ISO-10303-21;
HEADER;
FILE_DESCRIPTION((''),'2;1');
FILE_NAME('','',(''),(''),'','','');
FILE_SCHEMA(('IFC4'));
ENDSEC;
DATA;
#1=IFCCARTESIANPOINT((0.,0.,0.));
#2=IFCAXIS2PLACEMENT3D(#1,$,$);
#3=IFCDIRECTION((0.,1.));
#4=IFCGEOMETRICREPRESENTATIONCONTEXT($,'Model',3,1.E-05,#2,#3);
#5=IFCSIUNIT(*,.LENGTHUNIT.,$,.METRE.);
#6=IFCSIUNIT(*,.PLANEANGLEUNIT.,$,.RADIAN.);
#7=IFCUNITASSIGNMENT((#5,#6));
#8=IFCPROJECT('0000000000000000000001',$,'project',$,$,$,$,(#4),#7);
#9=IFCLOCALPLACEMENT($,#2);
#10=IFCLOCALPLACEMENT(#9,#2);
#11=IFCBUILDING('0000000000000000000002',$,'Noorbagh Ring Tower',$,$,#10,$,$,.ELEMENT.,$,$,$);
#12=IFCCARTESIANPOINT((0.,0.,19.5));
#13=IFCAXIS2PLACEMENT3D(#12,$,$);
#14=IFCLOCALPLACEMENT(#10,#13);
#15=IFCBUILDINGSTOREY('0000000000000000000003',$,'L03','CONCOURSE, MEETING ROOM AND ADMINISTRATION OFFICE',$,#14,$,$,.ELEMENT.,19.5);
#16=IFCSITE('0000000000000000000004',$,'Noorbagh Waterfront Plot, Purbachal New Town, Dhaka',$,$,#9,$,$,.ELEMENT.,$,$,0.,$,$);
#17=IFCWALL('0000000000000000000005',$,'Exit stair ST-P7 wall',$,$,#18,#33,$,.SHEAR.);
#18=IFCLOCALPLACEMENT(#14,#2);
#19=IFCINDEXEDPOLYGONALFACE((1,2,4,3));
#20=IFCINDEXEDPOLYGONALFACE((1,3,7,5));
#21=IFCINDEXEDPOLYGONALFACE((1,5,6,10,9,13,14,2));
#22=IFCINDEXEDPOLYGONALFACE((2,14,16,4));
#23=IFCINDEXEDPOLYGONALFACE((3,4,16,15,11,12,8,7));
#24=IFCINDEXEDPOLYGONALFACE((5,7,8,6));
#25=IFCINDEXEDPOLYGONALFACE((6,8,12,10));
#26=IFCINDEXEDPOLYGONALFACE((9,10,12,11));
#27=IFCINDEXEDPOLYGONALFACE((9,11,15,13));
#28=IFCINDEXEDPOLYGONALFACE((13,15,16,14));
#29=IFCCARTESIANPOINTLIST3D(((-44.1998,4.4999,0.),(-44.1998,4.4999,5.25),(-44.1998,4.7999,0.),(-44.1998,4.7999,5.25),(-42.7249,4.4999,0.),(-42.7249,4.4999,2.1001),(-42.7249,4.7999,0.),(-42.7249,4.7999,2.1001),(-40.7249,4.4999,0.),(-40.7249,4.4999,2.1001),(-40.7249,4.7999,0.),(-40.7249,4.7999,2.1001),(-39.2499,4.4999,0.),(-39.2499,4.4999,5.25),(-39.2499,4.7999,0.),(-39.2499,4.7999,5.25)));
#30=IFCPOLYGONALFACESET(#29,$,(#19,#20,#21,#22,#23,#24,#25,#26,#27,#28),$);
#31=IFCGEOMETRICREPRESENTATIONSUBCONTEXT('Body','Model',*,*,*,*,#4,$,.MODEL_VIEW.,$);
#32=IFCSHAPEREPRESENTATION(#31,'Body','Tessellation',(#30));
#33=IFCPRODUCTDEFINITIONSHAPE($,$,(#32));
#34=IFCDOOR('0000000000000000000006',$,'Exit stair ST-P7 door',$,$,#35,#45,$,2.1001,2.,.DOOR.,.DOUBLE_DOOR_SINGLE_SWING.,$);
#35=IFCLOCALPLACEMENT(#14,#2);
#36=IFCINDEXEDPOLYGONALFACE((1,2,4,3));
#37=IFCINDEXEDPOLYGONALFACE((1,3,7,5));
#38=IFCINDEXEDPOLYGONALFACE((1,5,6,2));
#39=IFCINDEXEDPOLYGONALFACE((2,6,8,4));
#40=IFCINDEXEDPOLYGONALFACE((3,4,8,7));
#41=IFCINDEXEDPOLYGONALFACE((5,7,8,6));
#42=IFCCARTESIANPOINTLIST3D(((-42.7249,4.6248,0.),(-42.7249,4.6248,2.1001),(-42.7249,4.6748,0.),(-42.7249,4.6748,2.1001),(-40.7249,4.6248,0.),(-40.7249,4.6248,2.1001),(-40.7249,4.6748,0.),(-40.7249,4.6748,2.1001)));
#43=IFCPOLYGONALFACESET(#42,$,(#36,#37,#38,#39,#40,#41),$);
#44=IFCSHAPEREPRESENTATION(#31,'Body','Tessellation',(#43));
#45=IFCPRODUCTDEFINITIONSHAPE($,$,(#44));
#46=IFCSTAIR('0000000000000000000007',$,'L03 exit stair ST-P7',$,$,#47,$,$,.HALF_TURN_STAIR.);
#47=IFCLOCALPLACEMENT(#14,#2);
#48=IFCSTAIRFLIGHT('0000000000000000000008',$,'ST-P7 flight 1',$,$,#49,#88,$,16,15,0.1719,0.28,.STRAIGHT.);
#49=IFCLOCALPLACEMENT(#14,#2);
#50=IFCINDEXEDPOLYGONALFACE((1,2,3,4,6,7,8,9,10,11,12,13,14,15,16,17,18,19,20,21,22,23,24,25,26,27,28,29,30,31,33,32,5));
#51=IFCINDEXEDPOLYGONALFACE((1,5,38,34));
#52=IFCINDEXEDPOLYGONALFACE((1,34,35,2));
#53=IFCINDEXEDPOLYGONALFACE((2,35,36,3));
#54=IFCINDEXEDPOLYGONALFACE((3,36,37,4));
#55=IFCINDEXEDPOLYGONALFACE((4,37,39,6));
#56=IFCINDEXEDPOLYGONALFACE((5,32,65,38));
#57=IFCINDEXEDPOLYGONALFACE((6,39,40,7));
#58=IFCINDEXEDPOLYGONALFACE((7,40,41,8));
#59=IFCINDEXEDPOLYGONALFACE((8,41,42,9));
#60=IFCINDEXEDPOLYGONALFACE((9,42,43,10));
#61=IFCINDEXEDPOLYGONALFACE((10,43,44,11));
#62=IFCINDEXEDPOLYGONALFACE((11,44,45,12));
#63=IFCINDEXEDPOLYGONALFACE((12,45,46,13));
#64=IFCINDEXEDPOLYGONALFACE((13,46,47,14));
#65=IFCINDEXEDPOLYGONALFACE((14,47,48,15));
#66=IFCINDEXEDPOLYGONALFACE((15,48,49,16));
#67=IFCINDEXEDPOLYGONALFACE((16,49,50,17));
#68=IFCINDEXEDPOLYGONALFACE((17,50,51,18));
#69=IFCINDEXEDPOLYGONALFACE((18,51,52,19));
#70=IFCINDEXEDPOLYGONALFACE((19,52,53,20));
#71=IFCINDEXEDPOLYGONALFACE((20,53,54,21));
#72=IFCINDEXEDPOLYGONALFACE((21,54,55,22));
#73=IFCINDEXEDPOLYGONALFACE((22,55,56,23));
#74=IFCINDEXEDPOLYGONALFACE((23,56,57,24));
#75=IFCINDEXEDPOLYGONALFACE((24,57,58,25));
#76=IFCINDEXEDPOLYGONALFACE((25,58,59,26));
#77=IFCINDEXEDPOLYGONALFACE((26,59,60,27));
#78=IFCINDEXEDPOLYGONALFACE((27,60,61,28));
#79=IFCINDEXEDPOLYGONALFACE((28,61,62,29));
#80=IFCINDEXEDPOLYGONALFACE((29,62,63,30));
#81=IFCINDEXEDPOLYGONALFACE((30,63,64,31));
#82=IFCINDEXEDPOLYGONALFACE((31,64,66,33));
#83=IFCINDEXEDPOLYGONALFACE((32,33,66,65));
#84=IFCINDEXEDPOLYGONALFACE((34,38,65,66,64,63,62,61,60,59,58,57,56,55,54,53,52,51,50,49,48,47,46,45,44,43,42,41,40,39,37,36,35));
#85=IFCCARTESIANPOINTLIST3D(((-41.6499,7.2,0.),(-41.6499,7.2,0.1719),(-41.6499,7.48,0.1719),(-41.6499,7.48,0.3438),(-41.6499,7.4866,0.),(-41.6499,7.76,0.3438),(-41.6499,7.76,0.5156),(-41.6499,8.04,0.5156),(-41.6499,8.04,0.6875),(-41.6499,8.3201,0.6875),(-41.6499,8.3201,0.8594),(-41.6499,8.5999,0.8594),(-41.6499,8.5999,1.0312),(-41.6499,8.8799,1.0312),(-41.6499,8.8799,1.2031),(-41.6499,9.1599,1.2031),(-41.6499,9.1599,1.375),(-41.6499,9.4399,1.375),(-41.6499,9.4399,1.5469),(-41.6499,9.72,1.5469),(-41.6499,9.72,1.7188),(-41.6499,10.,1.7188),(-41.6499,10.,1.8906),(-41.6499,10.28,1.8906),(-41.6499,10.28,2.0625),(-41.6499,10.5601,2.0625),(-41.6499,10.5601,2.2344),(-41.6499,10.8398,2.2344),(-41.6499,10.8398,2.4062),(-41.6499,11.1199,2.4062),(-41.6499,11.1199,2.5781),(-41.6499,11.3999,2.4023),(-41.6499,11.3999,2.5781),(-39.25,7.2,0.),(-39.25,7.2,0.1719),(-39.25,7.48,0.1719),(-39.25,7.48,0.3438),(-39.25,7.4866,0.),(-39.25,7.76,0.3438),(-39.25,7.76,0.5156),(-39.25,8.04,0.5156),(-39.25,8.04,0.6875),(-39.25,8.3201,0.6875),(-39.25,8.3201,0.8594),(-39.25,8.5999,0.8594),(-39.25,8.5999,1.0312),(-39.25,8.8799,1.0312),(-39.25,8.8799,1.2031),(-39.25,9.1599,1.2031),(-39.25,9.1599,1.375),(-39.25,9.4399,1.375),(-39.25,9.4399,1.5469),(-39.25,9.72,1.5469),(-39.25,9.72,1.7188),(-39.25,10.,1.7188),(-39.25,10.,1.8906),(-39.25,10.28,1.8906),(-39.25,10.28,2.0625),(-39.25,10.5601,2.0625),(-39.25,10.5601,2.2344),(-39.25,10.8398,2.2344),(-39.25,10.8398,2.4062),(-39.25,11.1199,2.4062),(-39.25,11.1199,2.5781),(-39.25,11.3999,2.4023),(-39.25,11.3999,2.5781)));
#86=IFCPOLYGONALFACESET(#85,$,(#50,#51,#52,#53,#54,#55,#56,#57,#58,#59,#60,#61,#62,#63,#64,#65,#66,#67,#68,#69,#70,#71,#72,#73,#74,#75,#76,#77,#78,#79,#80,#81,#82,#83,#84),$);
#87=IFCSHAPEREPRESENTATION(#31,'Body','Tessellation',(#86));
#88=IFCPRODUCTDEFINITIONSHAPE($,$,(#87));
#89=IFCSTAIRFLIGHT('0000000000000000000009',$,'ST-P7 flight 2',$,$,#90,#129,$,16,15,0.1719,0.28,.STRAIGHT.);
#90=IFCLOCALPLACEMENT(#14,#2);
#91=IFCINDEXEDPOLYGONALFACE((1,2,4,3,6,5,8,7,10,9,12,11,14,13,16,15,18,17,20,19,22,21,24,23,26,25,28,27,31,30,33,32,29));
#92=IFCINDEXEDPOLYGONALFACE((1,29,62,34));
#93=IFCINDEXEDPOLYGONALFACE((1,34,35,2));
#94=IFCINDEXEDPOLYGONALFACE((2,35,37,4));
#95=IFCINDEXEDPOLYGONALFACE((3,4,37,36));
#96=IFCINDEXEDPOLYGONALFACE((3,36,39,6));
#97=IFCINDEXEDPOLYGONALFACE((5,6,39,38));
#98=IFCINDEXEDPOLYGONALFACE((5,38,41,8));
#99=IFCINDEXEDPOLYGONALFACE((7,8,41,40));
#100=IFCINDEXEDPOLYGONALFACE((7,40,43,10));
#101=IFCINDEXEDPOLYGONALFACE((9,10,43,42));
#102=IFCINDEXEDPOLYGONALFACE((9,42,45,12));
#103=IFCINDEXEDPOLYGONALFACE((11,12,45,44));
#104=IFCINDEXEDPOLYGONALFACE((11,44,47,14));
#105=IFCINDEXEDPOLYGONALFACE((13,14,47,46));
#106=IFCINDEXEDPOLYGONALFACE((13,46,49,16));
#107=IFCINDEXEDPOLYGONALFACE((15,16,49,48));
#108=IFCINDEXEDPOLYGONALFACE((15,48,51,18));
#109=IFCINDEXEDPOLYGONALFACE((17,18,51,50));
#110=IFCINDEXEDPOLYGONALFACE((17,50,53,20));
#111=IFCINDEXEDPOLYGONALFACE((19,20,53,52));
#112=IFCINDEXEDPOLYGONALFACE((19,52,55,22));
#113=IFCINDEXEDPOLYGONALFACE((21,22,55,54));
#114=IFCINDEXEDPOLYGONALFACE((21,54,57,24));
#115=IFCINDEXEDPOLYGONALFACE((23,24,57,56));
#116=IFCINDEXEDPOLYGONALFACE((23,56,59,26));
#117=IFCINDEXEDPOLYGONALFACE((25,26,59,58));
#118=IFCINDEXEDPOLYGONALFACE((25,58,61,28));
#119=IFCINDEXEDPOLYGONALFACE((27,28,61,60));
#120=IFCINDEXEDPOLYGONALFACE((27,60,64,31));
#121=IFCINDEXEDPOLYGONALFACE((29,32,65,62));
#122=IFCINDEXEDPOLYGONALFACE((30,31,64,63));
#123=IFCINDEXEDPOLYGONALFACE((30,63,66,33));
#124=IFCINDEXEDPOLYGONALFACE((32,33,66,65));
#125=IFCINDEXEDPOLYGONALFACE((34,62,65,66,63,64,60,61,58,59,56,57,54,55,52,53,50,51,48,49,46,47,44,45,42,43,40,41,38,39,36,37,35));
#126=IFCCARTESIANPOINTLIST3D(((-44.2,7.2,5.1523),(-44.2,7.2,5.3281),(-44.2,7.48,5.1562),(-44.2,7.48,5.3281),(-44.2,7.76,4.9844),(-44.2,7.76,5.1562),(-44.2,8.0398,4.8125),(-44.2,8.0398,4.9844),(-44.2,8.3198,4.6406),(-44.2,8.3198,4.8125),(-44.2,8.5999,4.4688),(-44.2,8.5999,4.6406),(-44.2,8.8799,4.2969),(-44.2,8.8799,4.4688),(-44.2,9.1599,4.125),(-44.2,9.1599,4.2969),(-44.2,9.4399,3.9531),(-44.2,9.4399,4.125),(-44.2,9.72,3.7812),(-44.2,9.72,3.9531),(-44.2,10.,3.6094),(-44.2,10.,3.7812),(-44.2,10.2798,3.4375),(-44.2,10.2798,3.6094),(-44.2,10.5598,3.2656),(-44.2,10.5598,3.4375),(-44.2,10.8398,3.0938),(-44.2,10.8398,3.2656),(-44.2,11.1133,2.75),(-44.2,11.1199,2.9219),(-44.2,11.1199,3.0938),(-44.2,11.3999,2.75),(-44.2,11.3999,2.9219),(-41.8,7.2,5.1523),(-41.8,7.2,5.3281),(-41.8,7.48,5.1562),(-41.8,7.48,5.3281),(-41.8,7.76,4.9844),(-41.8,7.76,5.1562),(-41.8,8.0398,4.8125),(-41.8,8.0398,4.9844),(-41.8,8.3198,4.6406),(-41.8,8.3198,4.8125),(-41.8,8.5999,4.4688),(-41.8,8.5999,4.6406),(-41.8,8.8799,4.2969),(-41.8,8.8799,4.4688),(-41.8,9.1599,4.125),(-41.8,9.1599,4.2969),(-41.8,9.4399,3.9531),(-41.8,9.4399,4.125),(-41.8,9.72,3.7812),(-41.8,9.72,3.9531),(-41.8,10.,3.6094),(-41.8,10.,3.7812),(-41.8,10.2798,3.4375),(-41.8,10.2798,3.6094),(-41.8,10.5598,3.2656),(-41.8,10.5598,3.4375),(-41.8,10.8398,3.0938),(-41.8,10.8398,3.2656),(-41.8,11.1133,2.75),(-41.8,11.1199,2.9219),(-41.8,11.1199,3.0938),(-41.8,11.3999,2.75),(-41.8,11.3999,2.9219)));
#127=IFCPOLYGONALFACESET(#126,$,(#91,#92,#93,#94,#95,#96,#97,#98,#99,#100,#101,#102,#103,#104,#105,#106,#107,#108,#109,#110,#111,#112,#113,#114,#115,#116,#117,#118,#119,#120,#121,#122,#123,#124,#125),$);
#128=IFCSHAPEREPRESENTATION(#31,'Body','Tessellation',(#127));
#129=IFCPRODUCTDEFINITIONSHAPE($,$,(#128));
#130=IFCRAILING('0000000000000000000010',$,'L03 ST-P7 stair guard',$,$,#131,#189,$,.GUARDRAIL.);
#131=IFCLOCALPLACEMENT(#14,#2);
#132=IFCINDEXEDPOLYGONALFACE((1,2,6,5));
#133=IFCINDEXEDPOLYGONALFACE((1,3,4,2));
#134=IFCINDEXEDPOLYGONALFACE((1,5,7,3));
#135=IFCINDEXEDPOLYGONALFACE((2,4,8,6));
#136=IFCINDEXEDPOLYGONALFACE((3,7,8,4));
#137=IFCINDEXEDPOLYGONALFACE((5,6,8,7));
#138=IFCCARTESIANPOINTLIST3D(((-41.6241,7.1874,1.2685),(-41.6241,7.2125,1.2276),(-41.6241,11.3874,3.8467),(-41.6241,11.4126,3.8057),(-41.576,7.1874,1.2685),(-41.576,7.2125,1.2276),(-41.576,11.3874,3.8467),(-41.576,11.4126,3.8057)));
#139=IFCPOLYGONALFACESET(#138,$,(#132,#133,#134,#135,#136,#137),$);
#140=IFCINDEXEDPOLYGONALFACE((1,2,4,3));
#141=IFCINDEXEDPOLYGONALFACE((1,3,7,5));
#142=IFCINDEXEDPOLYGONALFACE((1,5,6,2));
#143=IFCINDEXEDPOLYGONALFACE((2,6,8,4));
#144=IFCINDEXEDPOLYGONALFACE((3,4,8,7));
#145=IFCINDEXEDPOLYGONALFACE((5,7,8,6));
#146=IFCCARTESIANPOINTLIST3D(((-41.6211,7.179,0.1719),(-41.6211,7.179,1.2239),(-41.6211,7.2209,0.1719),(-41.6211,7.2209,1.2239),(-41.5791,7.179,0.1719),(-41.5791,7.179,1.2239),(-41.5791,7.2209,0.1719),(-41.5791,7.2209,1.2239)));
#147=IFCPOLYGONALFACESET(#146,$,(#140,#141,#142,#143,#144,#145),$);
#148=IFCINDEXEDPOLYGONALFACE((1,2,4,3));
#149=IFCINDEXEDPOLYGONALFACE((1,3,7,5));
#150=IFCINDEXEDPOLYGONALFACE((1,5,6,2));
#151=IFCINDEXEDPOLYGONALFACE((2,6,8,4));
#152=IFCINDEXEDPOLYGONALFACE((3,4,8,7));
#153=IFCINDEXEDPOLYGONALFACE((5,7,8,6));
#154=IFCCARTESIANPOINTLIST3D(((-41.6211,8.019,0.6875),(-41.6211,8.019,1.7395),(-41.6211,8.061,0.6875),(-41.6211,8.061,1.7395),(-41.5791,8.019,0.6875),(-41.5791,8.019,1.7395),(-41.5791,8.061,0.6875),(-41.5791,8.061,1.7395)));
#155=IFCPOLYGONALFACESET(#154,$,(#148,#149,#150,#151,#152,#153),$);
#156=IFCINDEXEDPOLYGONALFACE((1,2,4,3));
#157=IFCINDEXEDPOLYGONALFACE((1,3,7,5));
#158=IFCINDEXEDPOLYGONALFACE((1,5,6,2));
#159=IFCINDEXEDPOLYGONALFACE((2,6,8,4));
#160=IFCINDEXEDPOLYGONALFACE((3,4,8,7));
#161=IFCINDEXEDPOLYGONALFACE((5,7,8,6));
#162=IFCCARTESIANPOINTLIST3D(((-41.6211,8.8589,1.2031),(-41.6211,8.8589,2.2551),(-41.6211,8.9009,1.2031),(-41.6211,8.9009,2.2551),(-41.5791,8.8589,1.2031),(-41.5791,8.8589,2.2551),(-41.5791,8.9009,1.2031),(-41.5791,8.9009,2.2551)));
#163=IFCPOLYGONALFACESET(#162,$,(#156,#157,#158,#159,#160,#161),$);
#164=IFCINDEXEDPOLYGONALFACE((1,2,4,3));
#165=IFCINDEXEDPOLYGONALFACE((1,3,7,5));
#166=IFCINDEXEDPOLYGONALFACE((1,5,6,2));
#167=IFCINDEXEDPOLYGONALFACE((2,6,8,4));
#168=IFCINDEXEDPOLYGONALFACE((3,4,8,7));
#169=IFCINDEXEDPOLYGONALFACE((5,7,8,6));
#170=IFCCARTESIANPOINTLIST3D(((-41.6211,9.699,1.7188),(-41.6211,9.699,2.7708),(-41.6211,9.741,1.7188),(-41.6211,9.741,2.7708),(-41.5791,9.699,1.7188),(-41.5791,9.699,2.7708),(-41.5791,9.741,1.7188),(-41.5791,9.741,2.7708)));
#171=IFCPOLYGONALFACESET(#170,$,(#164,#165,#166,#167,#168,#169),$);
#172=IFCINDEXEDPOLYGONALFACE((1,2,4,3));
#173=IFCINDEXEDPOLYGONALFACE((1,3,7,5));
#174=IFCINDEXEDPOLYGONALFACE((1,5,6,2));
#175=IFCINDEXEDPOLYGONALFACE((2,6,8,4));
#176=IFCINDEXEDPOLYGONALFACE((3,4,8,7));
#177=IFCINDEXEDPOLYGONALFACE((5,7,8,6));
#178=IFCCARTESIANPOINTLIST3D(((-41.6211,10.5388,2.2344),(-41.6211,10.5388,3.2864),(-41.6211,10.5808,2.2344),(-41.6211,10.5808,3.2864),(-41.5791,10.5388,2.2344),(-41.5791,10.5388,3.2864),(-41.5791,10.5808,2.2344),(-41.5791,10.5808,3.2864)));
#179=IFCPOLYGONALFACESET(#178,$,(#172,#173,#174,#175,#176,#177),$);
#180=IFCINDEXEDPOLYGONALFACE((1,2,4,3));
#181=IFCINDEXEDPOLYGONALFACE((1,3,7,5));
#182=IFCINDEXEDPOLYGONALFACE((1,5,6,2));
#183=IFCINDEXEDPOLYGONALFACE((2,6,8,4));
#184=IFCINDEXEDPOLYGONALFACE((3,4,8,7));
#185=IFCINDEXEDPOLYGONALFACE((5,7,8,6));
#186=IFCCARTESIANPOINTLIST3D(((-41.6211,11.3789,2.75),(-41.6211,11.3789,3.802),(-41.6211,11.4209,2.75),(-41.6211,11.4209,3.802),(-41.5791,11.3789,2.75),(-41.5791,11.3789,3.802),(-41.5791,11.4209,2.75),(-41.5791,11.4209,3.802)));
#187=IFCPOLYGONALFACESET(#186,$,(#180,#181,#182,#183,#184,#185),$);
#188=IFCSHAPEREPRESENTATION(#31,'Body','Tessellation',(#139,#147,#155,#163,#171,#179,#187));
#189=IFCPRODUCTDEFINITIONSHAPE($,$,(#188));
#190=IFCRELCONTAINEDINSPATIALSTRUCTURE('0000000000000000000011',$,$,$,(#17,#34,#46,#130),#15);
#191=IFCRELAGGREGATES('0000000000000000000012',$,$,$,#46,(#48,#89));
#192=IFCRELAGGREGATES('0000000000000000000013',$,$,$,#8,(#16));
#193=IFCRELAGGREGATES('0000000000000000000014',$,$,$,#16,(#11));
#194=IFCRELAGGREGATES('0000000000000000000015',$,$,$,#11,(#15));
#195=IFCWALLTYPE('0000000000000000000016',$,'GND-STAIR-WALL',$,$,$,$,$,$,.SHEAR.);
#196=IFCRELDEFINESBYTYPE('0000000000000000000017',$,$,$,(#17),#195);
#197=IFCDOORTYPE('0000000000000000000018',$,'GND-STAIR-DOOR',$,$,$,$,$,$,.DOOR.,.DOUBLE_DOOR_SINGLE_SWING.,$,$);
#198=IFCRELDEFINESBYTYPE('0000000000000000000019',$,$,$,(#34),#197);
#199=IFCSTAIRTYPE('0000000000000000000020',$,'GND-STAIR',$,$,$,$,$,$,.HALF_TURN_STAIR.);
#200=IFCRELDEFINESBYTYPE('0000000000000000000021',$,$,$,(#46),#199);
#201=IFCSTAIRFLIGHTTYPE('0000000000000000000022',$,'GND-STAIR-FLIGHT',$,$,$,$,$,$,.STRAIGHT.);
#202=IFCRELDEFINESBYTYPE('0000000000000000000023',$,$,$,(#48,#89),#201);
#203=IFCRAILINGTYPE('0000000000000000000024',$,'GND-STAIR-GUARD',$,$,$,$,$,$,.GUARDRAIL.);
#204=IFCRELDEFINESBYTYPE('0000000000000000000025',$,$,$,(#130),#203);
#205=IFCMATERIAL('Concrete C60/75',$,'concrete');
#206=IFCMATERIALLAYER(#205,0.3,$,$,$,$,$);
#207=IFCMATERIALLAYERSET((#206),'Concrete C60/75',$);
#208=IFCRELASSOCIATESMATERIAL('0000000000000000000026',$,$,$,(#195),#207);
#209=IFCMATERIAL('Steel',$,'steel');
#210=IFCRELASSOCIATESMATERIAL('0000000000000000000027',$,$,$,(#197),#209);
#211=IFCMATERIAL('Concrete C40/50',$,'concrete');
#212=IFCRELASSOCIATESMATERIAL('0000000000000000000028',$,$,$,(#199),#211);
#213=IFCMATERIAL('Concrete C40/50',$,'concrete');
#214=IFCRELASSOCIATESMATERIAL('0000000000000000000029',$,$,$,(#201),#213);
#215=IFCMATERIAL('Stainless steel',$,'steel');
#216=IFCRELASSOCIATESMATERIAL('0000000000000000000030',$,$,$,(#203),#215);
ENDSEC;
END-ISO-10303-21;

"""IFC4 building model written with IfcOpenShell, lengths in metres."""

from ifc_helpers import new_model, si_unit, direction, frame, frame_2d, origin, origin_2d, place, context, subcontext, project, spatial, polyline, rectangle, outline, extrude, material, layer, layer_set, type_object, element, fill, aggregate, save


model = new_model("IFC4")

# Units and contexts
model_context = context("Model", 3, precision=1e-05, world=origin(), true_north=direction((0.0, 1.0)))
body_context = subcontext(model_context, "Body", "Model", "MODEL_VIEW")
ifc_project = project(units=[si_unit("LENGTHUNIT", "METRE"), si_unit("PLANEANGLEUNIT", "RADIAN")], contexts=[model_context])

# Site, building, storey
site_placement = place(None, origin())
site = spatial("IfcSite", under=ifc_project, at=site_placement, Name="Noorbagh Waterfront Plot, Purbachal New Town, Dhaka", CompositionType="ELEMENT", RefElevation=0.0)
building_placement = place(site_placement, origin())
building = spatial("IfcBuilding", under=site, at=building_placement, Name="Noorbagh Ring Tower", CompositionType="ELEMENT")
storey_placement = place(building_placement, frame((0.0, 0.0, 19.5)))
storey = spatial("IfcBuildingStorey", under=building, at=storey_placement, Name="L03", Description="CONCOURSE, MEETING ROOM AND ADMINISTRATION OFFICE", CompositionType="ELEMENT", Elevation=19.5)

# Shared definitions
ifc_material_1 = material(Name="Concrete C60/75", Category="concrete")
ifc_layer_1 = layer(ifc_material_1, 0.3)
ifc_layer_set_1 = layer_set([ifc_layer_1], Name="Concrete C60/75")
wall_type_1 = type_object("IfcWallType", Name="GND-STAIR-WALL", PredefinedType="SHEAR", material=ifc_layer_set_1)

# Wall, opening, door
wall_1_placement = place(storey_placement, frame((-44.2, 4.6499, 0.0), z_axis=(0.0, 0.0, 1.0), x_axis=(1.0, 0.0, 0.0)))
wall_1 = element("IfcWall", 1, at=wall_1_placement, inside=storey, type_object=wall_type_1, Name="Exit stair ST-P7 wall", PredefinedType="SHEAR", context=body_context, shape_type="SweptSolid", body=[
    extrude(rectangle(XDim=4.95, YDim=0.3, at=frame_2d((2.4751, 0.0))), origin(), (0.0, 0.0, 1.0), 5.25),
])
opening_1_placement = place(wall_1_placement, frame((1.4751, 0.0, 0.0)))
opening_1 = element("IfcOpeningElement", 2, at=opening_1_placement, cuts=wall_1, PredefinedType="OPENING", context=body_context, shape_type="SweptSolid", body=[
    extrude(rectangle(XDim=2.0, YDim=2.1001, at=frame_2d((1.0, 1.05))), frame((0.0, 0.1602, 0.0), z_axis=(0.0, -1.0, 0.0), x_axis=(1.0, 0.0, 0.0)), (0.0, 0.0, 1.0), 0.3201),
])
ifc_material_2 = material(Name="Steel", Category="steel")
door_type_1 = type_object("IfcDoorType", Name="GND-STAIR-DOOR", OperationType="DOUBLE_DOOR_SINGLE_SWING", PredefinedType="DOOR", material=ifc_material_2)
door_1_placement = place(opening_1_placement, origin())
door_1 = element("IfcDoor", 3, at=door_1_placement, inside=storey, type_object=door_type_1, Name="Exit stair ST-P7 door", OperationType="DOUBLE_DOOR_SINGLE_SWING", OverallHeight=2.1001, OverallWidth=2.0, PredefinedType="DOOR", context=body_context, shape_type="SweptSolid", body=[
    extrude(rectangle(XDim=2.0, YDim=2.1001, at=frame_2d((1.0, 1.05))), frame((0.0, 0.0249, 0.0), z_axis=(0.0, -1.0, 0.0), x_axis=(1.0, 0.0, 0.0)), (0.0, 0.0, 1.0), 0.05),
])
fill(opening_1, door_1)

# Stair, stair flights
ifc_material_3 = material(Name="Concrete C40/50", Category="concrete")
stair_type = type_object("IfcStairType", Name="GND-STAIR", PredefinedType="HALF_TURN_STAIR", material=ifc_material_3)
stair_placement = place(storey_placement, origin())
stair = element("IfcStair", 4, at=stair_placement, inside=storey, type_object=stair_type, Name="L03 exit stair ST-P7", PredefinedType="HALF_TURN_STAIR")
ifc_material_4 = material(Name="Concrete C40/50", Category="concrete")
stair_flight_type = type_object("IfcStairFlightType", Name="GND-STAIR-FLIGHT", PredefinedType="STRAIGHT", material=ifc_material_4)
stair_flight_1_placement = place(storey_placement, frame((-40.45, 7.2, 0.0), z_axis=(0.0, 0.0, 1.0), x_axis=(0.0, 1.0, 0.0)))
stair_flight_1 = element("IfcStairFlight", 5, at=stair_flight_1_placement, type_object=stair_flight_type, Name="ST-P7 flight 1", NumberOfRisers=16, NumberOfTreads=15, PredefinedType="STRAIGHT", RiserHeight=0.1719, TreadLength=0.28, context=body_context, shape_type="SweptSolid", body=[
    extrude(outline(polyline([(0.0, 0.0), (0.0, 0.1719), (0.28, 0.1719), (0.28, 0.3438), (0.5601, 0.3438), (0.5601, 0.5156), (0.8401, 0.5156), (0.8401, 0.6875), (1.1201, 0.6875), (1.1201, 0.8594), (1.3999, 0.8594), (1.3999, 1.0312), (1.6799, 1.0312), (1.6799, 1.2031), (1.96, 1.2031), (1.96, 1.375), (2.24, 1.375), (2.24, 1.5469), (2.52, 1.5469), (2.52, 1.7188), (2.8, 1.7188), (2.8, 1.8906), (3.0801, 1.8906), (3.0801, 2.0625), (3.3601, 2.0625), (3.3601, 2.2344), (3.6399, 2.2344), (3.6399, 2.4062), (3.9199, 2.4062), (3.9199, 2.5781), (4.2, 2.5781), (4.2, 2.75), (4.2, 2.4023), (0.2866, 0.0), (0.0, 0.0)])), frame((0.0, 1.2, 0.0), z_axis=(0.0, -1.0, 0.0), x_axis=(1.0, 0.0, 0.0)), (0.0, 0.0, 1.0), 2.3999),
])
stair_flight_2_placement = place(storey_placement, frame((-43.0, 11.3999, 2.75), z_axis=(0.0, 0.0, 1.0), x_axis=(0.0, -1.0, 0.0)))
stair_flight_2 = element("IfcStairFlight", 6, at=stair_flight_2_placement, type_object=stair_flight_type, Name="ST-P7 flight 2", NumberOfRisers=16, NumberOfTreads=15, PredefinedType="STRAIGHT", RiserHeight=0.1719, TreadLength=0.28, context=body_context, shape_type="SweptSolid", body=[
    extrude(outline(polyline([(0.0, 0.0), (0.0, 0.1719), (0.28, 0.1719), (0.28, 0.3438), (0.5601, 0.3438), (0.5601, 0.5156), (0.8401, 0.5156), (0.8401, 0.6875), (1.1201, 0.6875), (1.1201, 0.8594), (1.3999, 0.8594), (1.3999, 1.0312), (1.6799, 1.0312), (1.6799, 1.2031), (1.96, 1.2031), (1.96, 1.375), (2.24, 1.375), (2.24, 1.5469), (2.52, 1.5469), (2.52, 1.7188), (2.8, 1.7188), (2.8, 1.8906), (3.0801, 1.8906), (3.0801, 2.0625), (3.3601, 2.0625), (3.3601, 2.2344), (3.6399, 2.2344), (3.6399, 2.4062), (3.9199, 2.4062), (3.9199, 2.5781), (4.2, 2.5781), (4.2, 2.75), (4.2, 2.4023), (0.2866, 0.0), (0.0, 0.0)])), frame((0.0, 1.2, 0.0), z_axis=(0.0, -1.0, 0.0), x_axis=(1.0, 0.0, 0.0)), (0.0, 0.0, 1.0), 2.3999),
])
aggregate(stair, [stair_flight_1, stair_flight_2])

# Railing
ifc_material_5 = material(Name="Stainless steel", Category="steel")
railing_type_1 = type_object("IfcRailingType", Name="GND-STAIR-GUARD", PredefinedType="GUARDRAIL", material=ifc_material_5)
railing_1_placement = place(storey_placement, frame((-41.6001, 7.2, 0.1719)))
element("IfcRailing", 7, at=railing_1_placement, inside=storey, type_object=railing_type_1, Name="L03 ST-P7 stair guard", PredefinedType="GUARDRAIL", context=body_context, shape_type="SweptSolid", body=[
    extrude(rectangle(XDim=0.0481, YDim=0.0481, at=origin_2d()), frame((0.0, 0.0, 1.0762), z_axis=(0.0, 0.852243, 0.523146), x_axis=(-1.0, 0.0, 0.0)), (0.0, 0.0, 1.0), 4.9282),
    extrude(rectangle(XDim=0.042, YDim=0.042, at=origin_2d()), origin(), (0.0, 0.0, 1.0), 1.052),
    extrude(rectangle(XDim=0.042, YDim=0.042, at=origin_2d()), frame((0.0, 0.8401, 0.5156)), (0.0, 0.0, 1.0), 1.052),
    extrude(rectangle(XDim=0.042, YDim=0.042, at=origin_2d()), frame((0.0, 1.6799, 1.0312)), (0.0, 0.0, 1.0), 1.052),
    extrude(rectangle(XDim=0.042, YDim=0.042, at=origin_2d()), frame((0.0, 2.52, 1.5469)), (0.0, 0.0, 1.0), 1.052),
    extrude(rectangle(XDim=0.042, YDim=0.042, at=origin_2d()), frame((0.0, 3.3599, 2.0625)), (0.0, 0.0, 1.0), 1.052),
    extrude(rectangle(XDim=0.042, YDim=0.042, at=origin_2d()), frame((0.0, 4.2, 2.5781)), (0.0, 0.0, 1.0), 1.052),
])

save(model, "model.ifc")
